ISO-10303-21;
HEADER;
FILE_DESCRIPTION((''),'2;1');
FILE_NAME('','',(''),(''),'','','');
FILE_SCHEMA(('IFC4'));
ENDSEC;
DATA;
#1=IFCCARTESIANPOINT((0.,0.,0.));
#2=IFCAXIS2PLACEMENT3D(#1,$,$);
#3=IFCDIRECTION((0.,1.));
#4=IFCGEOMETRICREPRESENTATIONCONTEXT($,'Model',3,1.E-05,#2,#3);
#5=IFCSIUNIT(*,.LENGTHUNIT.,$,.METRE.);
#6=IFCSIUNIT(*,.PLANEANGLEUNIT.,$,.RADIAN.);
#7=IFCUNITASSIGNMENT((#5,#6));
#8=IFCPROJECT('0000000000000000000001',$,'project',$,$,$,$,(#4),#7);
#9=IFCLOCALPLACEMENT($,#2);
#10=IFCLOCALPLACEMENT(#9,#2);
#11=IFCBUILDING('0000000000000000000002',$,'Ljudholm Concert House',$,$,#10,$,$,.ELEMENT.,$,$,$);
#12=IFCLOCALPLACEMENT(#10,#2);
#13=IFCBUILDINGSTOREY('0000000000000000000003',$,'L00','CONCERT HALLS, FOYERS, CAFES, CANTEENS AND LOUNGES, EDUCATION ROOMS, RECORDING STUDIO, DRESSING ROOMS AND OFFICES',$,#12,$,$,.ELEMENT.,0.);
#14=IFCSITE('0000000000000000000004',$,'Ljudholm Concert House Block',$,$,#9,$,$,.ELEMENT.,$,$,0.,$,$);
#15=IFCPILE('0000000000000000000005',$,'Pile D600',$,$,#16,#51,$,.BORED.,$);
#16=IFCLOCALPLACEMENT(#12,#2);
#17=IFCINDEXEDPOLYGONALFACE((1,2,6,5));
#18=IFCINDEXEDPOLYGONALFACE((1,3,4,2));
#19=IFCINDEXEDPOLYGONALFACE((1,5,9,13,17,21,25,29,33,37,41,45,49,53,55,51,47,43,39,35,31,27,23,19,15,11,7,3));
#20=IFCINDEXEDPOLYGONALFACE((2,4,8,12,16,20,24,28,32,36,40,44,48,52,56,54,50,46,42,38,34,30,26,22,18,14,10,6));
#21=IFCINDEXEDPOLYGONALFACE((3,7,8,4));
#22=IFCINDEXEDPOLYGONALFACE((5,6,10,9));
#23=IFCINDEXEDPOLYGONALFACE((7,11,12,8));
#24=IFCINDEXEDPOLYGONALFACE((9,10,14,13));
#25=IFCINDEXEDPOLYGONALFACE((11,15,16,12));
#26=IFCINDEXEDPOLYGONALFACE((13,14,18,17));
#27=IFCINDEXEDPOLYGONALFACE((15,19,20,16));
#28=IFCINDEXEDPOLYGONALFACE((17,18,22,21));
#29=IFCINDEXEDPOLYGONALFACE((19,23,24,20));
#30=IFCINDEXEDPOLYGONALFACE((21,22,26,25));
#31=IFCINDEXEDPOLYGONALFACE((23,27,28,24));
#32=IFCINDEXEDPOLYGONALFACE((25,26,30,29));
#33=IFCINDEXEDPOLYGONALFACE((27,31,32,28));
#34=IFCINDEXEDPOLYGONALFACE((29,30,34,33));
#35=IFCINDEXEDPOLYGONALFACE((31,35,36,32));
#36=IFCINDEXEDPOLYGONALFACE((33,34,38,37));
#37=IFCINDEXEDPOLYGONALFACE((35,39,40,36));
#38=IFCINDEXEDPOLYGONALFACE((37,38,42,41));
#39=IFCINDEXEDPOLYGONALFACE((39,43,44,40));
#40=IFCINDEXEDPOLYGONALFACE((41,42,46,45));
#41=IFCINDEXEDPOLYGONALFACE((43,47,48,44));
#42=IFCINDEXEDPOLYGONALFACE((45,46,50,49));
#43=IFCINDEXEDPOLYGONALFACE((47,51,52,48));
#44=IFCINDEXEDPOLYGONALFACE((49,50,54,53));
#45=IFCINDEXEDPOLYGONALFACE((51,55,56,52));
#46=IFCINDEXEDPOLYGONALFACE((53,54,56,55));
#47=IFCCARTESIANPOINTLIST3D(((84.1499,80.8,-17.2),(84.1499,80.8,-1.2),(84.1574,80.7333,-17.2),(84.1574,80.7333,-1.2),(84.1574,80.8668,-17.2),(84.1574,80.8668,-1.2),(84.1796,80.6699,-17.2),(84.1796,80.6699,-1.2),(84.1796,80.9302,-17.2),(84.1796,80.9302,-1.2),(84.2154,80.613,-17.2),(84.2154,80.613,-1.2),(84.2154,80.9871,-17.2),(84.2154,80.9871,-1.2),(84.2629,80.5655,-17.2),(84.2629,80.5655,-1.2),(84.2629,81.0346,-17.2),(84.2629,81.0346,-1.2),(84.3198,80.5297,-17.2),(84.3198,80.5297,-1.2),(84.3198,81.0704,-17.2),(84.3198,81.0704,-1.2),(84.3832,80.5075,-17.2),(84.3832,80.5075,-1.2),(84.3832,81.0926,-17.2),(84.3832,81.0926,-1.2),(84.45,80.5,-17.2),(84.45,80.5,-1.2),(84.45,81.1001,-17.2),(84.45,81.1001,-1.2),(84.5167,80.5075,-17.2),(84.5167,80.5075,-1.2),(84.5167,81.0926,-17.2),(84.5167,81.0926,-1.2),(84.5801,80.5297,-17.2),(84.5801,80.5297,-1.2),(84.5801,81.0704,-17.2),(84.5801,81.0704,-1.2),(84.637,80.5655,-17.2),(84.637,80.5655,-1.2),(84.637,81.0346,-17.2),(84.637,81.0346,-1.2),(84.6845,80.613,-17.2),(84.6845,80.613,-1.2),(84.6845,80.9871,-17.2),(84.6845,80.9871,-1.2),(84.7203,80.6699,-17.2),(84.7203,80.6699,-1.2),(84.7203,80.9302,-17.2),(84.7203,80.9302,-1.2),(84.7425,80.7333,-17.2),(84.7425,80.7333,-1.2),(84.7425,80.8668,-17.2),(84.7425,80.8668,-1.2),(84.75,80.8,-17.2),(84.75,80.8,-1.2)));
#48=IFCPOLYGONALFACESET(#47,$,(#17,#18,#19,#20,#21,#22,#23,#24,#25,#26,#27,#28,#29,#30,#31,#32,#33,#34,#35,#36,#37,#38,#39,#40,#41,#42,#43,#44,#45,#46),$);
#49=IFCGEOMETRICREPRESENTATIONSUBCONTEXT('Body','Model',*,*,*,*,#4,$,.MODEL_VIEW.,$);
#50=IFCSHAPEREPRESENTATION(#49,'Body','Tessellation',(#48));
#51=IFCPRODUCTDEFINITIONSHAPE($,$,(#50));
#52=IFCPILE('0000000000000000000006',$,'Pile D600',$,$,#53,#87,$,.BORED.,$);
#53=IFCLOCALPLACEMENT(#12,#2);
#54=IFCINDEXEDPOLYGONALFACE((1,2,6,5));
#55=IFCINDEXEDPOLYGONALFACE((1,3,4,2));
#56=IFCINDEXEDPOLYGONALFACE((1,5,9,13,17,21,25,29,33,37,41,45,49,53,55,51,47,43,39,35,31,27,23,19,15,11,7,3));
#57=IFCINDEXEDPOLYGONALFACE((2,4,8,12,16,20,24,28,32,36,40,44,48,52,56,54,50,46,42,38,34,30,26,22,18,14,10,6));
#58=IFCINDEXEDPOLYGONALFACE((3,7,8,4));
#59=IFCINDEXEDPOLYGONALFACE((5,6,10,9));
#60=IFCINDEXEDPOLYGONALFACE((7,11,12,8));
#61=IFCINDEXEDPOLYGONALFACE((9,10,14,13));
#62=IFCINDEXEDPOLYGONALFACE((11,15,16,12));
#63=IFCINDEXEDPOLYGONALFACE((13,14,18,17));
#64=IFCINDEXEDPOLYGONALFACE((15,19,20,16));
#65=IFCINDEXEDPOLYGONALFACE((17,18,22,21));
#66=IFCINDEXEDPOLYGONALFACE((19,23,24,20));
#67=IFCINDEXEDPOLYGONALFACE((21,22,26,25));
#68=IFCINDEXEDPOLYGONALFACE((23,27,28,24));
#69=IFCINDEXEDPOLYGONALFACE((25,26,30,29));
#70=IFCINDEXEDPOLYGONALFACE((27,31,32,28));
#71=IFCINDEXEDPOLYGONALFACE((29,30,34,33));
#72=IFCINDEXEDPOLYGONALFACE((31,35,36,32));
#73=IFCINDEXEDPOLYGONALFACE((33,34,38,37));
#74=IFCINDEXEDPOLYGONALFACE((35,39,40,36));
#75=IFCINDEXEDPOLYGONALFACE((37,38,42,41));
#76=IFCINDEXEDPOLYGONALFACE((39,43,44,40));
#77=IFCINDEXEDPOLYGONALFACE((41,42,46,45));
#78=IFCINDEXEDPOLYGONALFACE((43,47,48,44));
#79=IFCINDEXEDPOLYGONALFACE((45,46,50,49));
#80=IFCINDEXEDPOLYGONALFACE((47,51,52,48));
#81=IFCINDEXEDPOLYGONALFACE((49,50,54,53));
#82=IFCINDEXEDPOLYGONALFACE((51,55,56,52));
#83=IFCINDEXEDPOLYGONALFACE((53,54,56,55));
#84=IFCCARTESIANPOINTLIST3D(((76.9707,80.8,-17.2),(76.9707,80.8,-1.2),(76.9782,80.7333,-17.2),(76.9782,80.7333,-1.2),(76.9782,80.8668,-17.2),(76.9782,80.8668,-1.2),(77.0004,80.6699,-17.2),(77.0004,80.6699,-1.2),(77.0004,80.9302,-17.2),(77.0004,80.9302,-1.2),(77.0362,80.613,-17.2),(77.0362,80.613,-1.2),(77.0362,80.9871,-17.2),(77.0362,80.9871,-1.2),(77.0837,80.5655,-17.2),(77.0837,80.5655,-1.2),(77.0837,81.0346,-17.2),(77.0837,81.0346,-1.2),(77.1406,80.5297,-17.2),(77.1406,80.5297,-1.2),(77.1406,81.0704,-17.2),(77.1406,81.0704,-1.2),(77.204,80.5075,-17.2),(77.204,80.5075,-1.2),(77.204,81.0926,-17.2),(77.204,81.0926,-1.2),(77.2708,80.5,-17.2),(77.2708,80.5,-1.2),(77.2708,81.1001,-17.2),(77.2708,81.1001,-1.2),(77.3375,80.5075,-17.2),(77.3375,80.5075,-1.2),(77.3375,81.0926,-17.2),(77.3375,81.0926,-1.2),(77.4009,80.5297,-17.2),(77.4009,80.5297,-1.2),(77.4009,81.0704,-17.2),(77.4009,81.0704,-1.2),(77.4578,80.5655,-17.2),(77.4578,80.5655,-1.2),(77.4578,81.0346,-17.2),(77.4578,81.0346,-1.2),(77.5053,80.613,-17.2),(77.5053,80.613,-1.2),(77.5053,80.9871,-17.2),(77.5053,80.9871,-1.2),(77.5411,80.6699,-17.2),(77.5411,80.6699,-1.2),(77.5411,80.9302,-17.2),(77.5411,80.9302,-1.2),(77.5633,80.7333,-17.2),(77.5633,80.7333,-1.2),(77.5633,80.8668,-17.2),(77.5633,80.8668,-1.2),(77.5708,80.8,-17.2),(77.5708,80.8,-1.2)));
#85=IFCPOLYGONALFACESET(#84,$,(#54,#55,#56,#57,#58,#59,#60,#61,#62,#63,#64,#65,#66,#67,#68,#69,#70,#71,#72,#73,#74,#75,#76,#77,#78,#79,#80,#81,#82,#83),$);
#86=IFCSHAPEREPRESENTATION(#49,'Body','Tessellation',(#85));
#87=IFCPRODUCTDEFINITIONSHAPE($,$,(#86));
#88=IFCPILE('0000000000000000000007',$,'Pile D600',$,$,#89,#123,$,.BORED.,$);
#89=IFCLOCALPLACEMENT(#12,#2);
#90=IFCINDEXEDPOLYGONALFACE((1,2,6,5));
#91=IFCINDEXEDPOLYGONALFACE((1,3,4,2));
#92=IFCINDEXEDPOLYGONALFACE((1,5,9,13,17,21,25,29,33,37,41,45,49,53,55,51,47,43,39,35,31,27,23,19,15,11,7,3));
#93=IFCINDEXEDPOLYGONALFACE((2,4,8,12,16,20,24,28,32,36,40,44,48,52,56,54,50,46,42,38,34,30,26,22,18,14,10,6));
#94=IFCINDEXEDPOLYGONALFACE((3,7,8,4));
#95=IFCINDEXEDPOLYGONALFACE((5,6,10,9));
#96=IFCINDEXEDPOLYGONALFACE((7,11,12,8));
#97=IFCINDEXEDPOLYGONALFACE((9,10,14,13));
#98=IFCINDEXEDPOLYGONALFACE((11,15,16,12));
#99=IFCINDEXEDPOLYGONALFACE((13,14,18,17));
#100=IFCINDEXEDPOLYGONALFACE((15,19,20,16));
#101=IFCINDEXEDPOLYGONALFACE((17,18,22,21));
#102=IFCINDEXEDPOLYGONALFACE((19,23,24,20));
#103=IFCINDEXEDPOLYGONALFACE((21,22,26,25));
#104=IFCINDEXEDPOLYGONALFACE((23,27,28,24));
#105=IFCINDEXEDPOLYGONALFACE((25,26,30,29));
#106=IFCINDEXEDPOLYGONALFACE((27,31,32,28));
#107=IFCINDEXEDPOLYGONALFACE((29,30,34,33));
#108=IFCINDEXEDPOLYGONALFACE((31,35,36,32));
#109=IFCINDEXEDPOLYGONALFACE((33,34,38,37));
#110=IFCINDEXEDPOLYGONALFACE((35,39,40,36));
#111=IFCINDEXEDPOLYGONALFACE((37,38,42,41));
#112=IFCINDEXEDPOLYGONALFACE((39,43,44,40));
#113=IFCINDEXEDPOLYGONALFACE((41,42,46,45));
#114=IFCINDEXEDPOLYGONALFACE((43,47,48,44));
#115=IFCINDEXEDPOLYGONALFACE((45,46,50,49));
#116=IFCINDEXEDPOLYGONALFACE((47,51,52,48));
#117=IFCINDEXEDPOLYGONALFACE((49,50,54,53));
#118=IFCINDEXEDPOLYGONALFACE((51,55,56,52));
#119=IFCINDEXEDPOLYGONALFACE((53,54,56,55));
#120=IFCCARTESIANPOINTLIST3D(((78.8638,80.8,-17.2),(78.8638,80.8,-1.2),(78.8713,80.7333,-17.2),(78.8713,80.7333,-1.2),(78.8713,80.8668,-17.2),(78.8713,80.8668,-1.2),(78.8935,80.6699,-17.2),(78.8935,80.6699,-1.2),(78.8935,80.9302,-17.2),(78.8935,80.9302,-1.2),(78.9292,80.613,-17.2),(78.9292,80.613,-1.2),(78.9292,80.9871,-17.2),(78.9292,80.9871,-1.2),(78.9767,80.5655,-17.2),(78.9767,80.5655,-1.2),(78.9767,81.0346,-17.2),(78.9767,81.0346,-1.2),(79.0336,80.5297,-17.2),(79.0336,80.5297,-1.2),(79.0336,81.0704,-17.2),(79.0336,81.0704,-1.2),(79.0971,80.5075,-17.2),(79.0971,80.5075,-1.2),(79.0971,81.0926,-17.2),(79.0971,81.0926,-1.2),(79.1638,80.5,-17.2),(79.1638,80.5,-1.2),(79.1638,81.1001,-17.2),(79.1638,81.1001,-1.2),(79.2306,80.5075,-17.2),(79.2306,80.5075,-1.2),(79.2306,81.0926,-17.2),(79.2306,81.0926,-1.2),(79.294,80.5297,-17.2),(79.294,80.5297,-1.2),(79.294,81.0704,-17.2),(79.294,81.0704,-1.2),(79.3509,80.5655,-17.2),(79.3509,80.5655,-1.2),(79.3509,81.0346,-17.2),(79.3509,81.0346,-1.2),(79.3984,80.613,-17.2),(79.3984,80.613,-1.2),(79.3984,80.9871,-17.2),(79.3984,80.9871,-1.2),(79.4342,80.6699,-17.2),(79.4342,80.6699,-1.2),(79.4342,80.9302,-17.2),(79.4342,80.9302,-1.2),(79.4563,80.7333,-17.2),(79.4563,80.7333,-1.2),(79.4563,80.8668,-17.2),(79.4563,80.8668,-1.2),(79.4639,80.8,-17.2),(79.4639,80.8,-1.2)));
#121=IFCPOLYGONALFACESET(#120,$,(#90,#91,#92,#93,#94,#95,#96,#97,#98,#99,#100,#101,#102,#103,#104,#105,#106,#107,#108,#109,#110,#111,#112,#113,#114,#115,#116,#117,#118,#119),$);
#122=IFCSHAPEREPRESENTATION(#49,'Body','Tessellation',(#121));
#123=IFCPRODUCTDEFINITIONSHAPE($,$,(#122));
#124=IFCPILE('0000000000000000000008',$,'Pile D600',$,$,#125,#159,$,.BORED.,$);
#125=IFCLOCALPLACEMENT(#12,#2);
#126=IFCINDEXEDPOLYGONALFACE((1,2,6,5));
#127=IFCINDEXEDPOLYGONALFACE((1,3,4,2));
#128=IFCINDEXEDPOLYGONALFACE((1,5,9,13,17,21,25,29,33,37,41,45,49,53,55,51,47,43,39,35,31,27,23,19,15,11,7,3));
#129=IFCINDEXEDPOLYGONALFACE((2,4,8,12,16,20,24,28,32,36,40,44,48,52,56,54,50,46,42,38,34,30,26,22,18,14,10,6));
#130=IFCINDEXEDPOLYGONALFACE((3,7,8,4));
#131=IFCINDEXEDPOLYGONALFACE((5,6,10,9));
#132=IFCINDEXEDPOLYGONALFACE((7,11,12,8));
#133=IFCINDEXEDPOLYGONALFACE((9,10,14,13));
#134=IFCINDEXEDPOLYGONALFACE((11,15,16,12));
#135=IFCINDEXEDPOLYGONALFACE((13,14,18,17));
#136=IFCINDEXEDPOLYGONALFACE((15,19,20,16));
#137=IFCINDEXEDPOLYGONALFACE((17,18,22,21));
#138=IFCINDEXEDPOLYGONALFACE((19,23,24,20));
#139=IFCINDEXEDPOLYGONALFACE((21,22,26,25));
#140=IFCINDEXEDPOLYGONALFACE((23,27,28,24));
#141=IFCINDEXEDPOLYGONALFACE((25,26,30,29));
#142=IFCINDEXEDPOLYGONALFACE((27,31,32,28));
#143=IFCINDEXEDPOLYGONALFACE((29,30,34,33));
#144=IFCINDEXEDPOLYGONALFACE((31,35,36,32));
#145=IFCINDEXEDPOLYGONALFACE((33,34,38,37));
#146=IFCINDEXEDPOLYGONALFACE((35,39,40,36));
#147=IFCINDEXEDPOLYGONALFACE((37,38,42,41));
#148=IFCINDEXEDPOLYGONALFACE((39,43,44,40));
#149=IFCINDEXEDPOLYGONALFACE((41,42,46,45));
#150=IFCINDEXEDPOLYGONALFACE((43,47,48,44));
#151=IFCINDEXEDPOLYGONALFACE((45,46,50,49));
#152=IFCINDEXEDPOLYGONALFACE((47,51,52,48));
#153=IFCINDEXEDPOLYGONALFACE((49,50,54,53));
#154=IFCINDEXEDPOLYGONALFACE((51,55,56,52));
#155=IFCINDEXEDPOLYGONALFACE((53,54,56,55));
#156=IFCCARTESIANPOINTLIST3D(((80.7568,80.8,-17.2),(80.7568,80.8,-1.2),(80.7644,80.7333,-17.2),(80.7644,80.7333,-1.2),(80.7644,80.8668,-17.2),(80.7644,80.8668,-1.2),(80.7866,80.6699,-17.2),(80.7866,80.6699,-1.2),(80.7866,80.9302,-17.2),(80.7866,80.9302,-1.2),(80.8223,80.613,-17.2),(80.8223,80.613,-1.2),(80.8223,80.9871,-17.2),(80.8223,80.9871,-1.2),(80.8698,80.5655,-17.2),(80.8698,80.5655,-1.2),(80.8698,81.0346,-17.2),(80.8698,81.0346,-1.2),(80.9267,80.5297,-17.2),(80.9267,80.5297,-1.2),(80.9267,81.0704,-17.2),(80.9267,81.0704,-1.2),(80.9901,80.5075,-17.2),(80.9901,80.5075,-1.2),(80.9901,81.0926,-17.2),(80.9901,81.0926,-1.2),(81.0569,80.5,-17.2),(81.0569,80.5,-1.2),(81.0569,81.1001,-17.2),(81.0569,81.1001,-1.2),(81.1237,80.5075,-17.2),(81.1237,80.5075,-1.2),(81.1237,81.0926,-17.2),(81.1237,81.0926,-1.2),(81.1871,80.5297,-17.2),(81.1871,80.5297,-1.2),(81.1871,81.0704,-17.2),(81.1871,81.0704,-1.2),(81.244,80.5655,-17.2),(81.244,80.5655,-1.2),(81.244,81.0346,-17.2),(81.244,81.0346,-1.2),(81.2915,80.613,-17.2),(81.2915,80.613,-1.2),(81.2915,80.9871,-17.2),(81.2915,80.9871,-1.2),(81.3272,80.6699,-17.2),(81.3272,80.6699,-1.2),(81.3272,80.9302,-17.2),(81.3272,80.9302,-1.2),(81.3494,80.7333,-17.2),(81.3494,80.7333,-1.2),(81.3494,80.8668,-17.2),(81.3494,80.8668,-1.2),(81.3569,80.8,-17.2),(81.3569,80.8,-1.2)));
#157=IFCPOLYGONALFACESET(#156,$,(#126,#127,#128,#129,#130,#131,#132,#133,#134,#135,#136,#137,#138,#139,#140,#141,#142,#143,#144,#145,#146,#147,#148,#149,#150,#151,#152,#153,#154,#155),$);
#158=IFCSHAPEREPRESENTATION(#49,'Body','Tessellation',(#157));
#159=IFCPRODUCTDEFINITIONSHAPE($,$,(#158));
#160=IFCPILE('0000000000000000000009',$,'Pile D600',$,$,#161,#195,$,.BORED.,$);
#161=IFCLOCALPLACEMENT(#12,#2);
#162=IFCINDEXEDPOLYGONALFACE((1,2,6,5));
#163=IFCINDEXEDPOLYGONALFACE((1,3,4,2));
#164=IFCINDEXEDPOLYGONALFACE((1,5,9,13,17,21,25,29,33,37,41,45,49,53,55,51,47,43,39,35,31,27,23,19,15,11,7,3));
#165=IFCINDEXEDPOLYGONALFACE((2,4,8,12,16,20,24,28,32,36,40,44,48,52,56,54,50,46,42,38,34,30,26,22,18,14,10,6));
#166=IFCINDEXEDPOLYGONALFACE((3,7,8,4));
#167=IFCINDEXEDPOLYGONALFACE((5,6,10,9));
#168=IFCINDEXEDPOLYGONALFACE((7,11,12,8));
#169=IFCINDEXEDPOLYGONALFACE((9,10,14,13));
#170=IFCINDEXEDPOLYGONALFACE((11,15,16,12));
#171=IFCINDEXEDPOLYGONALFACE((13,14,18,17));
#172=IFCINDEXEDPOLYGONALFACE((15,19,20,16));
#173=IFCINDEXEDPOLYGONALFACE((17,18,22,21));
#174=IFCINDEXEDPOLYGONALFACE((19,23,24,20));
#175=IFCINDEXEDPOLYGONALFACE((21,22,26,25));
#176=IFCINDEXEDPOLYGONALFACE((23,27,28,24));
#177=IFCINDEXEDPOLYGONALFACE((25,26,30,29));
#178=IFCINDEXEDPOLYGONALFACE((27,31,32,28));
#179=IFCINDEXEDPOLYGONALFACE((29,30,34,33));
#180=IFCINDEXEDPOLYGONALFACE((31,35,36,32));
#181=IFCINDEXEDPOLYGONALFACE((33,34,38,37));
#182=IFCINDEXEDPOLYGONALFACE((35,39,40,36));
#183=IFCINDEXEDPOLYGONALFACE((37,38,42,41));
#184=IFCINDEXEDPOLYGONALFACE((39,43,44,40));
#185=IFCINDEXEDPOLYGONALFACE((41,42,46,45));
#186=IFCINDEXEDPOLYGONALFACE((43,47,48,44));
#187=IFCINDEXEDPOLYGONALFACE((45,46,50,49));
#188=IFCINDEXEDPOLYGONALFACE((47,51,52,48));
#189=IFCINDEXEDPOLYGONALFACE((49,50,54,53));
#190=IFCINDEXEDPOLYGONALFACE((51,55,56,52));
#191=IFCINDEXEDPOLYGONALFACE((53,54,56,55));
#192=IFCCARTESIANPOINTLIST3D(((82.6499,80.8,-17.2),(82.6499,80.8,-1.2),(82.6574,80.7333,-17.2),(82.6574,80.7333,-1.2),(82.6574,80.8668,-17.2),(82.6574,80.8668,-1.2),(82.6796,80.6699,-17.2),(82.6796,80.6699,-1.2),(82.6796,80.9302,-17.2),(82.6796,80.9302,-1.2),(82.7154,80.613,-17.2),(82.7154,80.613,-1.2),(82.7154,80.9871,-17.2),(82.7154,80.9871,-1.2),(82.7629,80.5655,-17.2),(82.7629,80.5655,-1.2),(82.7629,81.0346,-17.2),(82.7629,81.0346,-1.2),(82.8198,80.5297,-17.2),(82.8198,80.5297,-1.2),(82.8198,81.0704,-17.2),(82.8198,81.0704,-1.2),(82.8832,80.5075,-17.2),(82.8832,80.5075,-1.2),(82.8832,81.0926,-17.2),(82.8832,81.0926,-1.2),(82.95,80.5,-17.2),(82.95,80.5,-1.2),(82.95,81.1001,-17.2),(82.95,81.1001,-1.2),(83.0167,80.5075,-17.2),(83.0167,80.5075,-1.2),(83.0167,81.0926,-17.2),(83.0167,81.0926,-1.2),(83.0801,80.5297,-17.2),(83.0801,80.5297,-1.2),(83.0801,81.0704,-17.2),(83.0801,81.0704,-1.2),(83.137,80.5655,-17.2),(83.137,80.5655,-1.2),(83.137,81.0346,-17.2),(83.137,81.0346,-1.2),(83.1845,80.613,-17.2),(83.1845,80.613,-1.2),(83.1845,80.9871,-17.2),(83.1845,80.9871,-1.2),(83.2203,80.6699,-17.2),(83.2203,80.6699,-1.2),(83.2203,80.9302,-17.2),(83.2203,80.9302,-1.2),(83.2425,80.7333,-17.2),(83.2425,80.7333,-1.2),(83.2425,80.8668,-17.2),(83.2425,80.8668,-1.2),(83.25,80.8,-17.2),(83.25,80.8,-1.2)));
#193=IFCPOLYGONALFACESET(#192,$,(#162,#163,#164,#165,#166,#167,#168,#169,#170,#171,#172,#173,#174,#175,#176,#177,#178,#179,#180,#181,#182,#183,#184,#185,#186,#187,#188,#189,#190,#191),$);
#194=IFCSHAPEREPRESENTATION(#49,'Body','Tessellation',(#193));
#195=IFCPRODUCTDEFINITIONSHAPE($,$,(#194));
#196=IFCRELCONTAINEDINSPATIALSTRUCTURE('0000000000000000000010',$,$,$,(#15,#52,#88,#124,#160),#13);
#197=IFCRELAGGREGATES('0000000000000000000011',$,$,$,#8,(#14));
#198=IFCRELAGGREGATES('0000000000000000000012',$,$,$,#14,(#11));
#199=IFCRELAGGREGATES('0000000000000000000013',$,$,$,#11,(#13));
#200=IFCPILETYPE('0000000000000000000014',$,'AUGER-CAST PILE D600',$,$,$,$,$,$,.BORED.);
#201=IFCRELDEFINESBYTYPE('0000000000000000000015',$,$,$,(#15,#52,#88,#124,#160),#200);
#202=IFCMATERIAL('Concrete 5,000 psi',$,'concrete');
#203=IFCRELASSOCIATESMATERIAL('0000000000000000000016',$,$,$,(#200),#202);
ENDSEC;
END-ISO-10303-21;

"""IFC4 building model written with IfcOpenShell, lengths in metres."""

from ifc_helpers import new_model, si_unit, direction, frame, origin, origin_2d, place, context, subcontext, project, spatial, circle, extrude, material, material_profile, profile_set, type_object, element, save


model = new_model("IFC4")

# Units and contexts
model_context = context("Model", 3, precision=1e-05, world=origin(), true_north=direction((0.0, 1.0)))
body_context = subcontext(model_context, "Body", "Model", "MODEL_VIEW")
ifc_project = project(units=[si_unit("LENGTHUNIT", "METRE"), si_unit("PLANEANGLEUNIT", "RADIAN")], contexts=[model_context])

# Site, building, storey
site_placement = place(None, origin())
site = spatial("IfcSite", under=ifc_project, at=site_placement, Name="Ljudholm Concert House Block", CompositionType="ELEMENT", RefElevation=0.0)
building_placement = place(site_placement, origin())
building = spatial("IfcBuilding", under=site, at=building_placement, Name="Ljudholm Concert House", CompositionType="ELEMENT")
storey_placement = place(building_placement, origin())
storey = spatial("IfcBuildingStorey", under=building, at=storey_placement, Name="L00", Description="CONCERT HALLS, FOYERS, CAFES, CANTEENS AND LOUNGES, EDUCATION ROOMS, RECORDING STUDIO, DRESSING ROOMS AND OFFICES", CompositionType="ELEMENT", Elevation=0.0)

# Piles
ifc_material_1 = material(Name="Concrete 5,000 psi", Category="concrete")
ifc_material_profile = material_profile(ifc_material_1, circle(Radius=0.3, at=origin_2d()), Name="AUGER-CAST PILE D600")
ifc_profile_set = profile_set([ifc_material_profile], Name="Concrete 5,000 psi")
pile_type = type_object("IfcPileType", Name="AUGER-CAST PILE D600", PredefinedType="BORED", material=ifc_profile_set)
for number, where, z_axis, x_axis, name in (
    (1, (84.45, 80.8, -1.2), (0.0, 0.0, -1.0), (1.0, 0.0, 0.0), "Pile D600"),
    (2, (77.2708, 80.8, -1.2), (0.0, 0.0, -1.0), (1.0, 0.0, 0.0), "Pile D600"),
    (3, (79.1638, 80.8, -1.2), (0.0, 0.0, -1.0), (1.0, 0.0, 0.0), "Pile D600"),
    (4, (81.0569, 80.8, -1.2), (0.0, 0.0, -1.0), (1.0, 0.0, 0.0), "Pile D600"),
    (5, (82.95, 80.8, -1.2), (0.0, 0.0, -1.0), (1.0, 0.0, 0.0), "Pile D600"),
):
    element("IfcPile", number, at=place(storey_placement, frame(where, z_axis=z_axis, x_axis=x_axis)), inside=storey, type_object=pile_type, Name=name, PredefinedType="BORED", context=body_context, shape_type="SweptSolid", body=[
        extrude(circle(Radius=0.3, at=origin_2d()), origin(), (0.0, 0.0, 1.0), 16.0),
    ])

save(model, "model.ifc")
